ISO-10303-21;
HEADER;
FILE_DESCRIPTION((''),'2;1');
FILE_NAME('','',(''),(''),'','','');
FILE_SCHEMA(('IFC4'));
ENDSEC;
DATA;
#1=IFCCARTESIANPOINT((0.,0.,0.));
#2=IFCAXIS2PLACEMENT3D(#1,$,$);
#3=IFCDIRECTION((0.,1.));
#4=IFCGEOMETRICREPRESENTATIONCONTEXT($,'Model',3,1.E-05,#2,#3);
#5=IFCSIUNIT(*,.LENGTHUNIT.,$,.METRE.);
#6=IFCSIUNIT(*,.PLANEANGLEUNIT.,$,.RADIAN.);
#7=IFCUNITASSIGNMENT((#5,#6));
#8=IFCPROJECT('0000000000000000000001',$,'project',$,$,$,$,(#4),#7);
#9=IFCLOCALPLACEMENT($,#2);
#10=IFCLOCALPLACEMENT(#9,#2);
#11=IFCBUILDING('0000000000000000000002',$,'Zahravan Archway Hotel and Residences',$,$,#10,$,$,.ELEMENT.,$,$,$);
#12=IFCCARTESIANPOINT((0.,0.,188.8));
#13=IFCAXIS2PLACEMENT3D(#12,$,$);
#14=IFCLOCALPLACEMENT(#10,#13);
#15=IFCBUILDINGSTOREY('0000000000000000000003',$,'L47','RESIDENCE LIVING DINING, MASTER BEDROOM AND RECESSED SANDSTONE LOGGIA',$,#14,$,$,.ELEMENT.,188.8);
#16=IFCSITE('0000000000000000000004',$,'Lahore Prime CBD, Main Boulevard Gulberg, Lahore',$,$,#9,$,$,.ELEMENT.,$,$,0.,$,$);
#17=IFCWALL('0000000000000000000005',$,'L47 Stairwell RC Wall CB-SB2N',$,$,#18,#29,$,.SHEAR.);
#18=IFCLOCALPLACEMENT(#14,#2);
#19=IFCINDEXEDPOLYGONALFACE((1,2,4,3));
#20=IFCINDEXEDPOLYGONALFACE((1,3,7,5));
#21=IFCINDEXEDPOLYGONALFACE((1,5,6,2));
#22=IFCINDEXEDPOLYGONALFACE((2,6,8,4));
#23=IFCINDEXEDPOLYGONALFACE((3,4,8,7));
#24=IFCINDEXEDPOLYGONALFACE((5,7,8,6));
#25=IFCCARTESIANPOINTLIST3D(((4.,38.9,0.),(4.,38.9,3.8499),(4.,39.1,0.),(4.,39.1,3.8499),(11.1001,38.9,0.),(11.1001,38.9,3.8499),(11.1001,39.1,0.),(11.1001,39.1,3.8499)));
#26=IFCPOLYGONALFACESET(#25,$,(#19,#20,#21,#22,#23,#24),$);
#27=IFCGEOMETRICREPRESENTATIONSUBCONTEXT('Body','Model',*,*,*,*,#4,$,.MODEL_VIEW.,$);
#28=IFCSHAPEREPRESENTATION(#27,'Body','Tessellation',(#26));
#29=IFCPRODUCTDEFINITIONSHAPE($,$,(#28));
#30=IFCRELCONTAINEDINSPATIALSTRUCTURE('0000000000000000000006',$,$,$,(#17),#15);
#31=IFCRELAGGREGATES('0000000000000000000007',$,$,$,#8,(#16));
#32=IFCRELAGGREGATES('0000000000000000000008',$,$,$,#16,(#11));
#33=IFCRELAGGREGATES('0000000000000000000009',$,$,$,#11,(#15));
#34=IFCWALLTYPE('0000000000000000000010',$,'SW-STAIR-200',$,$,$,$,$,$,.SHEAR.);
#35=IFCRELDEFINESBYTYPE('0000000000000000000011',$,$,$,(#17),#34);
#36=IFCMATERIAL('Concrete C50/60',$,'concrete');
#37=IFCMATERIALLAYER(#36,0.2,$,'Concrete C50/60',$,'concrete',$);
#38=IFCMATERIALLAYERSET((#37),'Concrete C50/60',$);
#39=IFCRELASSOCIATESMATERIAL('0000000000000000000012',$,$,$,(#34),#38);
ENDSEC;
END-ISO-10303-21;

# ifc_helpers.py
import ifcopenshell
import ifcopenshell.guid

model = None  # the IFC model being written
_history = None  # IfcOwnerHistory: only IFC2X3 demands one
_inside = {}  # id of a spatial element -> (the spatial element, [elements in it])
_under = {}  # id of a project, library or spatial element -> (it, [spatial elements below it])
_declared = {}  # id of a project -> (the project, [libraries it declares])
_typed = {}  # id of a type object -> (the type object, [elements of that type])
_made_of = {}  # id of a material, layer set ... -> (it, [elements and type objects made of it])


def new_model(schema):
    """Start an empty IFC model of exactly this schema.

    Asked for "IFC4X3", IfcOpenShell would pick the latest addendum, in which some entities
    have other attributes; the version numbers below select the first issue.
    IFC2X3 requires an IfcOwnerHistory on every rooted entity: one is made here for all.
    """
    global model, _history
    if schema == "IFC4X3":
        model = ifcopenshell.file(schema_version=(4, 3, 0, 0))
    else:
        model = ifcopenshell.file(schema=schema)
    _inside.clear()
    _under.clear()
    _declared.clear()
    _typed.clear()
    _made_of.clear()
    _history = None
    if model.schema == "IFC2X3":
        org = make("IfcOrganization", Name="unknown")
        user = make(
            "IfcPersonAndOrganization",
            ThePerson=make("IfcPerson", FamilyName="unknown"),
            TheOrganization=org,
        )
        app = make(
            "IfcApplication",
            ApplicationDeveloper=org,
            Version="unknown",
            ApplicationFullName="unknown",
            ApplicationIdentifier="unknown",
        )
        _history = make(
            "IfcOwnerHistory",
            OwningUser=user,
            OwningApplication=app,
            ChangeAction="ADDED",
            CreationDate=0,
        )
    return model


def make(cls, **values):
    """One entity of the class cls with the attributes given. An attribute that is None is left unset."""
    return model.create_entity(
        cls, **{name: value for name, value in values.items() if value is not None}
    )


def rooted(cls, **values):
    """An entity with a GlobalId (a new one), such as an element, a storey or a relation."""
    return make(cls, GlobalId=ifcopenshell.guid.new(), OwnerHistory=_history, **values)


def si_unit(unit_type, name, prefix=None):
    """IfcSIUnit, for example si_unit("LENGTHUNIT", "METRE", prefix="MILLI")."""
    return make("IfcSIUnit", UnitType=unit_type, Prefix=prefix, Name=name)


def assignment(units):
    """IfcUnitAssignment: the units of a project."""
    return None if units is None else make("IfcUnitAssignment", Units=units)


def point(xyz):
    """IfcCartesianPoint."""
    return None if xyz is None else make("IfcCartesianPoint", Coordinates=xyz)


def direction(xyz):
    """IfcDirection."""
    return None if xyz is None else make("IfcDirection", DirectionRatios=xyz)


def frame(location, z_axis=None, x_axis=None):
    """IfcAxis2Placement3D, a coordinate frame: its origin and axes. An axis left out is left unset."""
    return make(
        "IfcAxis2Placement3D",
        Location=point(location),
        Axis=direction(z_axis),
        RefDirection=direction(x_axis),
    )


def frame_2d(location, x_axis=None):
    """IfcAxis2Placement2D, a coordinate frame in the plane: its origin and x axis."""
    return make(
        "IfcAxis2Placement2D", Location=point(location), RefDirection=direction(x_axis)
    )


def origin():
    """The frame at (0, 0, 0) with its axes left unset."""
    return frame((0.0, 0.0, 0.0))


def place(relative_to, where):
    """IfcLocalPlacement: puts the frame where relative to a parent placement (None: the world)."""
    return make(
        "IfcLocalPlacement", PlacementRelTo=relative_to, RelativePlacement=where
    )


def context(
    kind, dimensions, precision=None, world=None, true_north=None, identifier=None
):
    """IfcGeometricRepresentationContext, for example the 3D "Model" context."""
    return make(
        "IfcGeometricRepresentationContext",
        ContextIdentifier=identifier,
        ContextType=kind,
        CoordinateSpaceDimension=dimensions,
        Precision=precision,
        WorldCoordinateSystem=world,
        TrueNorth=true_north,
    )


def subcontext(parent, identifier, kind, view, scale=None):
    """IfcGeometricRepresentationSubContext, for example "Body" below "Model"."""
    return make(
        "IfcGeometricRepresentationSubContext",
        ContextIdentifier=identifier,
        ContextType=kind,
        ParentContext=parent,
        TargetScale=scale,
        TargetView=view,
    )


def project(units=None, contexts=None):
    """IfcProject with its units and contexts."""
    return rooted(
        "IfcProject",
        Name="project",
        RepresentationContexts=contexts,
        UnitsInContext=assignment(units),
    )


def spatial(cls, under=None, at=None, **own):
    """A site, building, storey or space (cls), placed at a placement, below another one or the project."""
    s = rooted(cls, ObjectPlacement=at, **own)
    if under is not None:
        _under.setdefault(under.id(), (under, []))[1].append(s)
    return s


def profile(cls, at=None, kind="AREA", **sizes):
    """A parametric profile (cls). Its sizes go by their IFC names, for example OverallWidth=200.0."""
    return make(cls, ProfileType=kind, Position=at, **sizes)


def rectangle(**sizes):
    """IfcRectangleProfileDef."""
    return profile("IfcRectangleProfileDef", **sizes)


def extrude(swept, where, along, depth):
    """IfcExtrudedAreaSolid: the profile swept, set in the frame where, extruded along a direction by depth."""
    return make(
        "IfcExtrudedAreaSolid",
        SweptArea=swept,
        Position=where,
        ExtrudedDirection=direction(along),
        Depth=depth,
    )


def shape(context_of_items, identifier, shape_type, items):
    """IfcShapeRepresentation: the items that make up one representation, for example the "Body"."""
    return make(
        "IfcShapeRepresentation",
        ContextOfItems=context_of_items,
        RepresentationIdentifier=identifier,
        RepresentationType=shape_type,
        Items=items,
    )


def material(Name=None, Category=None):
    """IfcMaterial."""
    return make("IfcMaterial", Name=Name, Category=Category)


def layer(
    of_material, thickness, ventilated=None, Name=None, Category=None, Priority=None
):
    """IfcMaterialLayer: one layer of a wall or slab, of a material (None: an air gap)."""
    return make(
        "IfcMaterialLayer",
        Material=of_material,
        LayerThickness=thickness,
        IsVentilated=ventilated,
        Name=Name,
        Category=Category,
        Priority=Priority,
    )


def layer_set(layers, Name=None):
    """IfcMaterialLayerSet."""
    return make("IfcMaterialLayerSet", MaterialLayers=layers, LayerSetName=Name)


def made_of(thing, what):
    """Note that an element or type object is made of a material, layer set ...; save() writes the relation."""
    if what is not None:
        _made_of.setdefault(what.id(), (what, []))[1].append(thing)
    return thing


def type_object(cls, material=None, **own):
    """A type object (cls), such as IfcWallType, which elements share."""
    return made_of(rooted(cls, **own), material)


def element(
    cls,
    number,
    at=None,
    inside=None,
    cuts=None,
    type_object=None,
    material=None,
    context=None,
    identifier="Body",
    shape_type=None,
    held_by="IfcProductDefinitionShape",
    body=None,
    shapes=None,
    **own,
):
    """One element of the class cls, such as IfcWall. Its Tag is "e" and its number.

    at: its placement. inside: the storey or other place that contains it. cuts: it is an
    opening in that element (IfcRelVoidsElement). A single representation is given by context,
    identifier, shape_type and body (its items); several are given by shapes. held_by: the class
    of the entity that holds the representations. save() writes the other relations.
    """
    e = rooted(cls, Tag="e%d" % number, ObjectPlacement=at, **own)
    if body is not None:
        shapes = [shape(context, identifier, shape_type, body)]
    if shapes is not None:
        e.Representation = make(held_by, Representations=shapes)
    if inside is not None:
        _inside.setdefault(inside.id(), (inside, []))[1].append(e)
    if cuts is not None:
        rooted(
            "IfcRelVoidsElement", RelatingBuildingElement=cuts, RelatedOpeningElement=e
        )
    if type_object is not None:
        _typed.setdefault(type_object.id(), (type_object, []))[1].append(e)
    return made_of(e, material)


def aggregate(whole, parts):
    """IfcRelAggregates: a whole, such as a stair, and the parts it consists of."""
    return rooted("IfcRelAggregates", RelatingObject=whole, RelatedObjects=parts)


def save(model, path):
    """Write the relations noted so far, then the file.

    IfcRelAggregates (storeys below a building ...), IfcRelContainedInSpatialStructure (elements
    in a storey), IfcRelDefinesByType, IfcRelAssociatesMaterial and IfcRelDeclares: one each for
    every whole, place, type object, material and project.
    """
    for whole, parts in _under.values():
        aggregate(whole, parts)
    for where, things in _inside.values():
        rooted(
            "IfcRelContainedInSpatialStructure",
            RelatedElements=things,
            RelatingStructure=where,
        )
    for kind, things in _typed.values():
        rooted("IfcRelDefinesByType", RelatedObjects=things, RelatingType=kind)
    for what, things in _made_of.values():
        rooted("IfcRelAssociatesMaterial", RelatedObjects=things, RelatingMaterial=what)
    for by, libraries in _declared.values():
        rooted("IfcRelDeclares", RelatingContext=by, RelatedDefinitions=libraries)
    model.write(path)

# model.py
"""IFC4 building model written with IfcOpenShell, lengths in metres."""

from ifc_helpers import new_model, si_unit, direction, frame, frame_2d, origin, place, context, subcontext, project, spatial, rectangle, extrude, material, layer, layer_set, type_object, element, save


model = new_model("IFC4")

# Units and contexts
model_context = context("Model", 3, precision=1e-05, world=origin(), true_north=direction((0.0, 1.0)))
body_context = subcontext(model_context, "Body", "Model", "MODEL_VIEW")
ifc_project = project(units=[si_unit("LENGTHUNIT", "METRE"), si_unit("PLANEANGLEUNIT", "RADIAN")], contexts=[model_context])

# Site, building, storey
site_placement = place(None, origin())
site = spatial("IfcSite", under=ifc_project, at=site_placement, Name="Lahore Prime CBD, Main Boulevard Gulberg, Lahore", CompositionType="ELEMENT", RefElevation=0.0)
building_placement = place(site_placement, origin())
building = spatial("IfcBuilding", under=site, at=building_placement, Name="Zahravan Archway Hotel and Residences", CompositionType="ELEMENT")
storey_placement = place(building_placement, frame((0.0, 0.0, 188.8)))
storey = spatial("IfcBuildingStorey", under=building, at=storey_placement, Name="L47", Description="RESIDENCE LIVING DINING, MASTER BEDROOM AND RECESSED SANDSTONE LOGGIA", CompositionType="ELEMENT", Elevation=188.8)

# Wall
ifc_material_1 = material(Name="Concrete C50/60", Category="concrete")
ifc_layer_1 = layer(ifc_material_1, 0.2, Name="Concrete C50/60", Category="concrete")
ifc_layer_set_1 = layer_set([ifc_layer_1], Name="Concrete C50/60")
wall_type_1 = type_object("IfcWallType", Name="SW-STAIR-200", PredefinedType="SHEAR", material=ifc_layer_set_1)
wall_1_placement = place(storey_placement, frame((4.0, 39.0, 0.0), z_axis=(0.0, 0.0, 1.0), x_axis=(1.0, 0.0, 0.0)))
element("IfcWall", 1, at=wall_1_placement, inside=storey, type_object=wall_type_1, Name="L47 Stairwell RC Wall CB-SB2N", PredefinedType="SHEAR", context=body_context, shape_type="SweptSolid", body=[
    extrude(rectangle(XDim=7.1001, YDim=0.2, at=frame_2d((3.55, 0.0))), origin(), (0.0, 0.0, 1.0), 3.8499),
])

save(model, "model.ifc")
